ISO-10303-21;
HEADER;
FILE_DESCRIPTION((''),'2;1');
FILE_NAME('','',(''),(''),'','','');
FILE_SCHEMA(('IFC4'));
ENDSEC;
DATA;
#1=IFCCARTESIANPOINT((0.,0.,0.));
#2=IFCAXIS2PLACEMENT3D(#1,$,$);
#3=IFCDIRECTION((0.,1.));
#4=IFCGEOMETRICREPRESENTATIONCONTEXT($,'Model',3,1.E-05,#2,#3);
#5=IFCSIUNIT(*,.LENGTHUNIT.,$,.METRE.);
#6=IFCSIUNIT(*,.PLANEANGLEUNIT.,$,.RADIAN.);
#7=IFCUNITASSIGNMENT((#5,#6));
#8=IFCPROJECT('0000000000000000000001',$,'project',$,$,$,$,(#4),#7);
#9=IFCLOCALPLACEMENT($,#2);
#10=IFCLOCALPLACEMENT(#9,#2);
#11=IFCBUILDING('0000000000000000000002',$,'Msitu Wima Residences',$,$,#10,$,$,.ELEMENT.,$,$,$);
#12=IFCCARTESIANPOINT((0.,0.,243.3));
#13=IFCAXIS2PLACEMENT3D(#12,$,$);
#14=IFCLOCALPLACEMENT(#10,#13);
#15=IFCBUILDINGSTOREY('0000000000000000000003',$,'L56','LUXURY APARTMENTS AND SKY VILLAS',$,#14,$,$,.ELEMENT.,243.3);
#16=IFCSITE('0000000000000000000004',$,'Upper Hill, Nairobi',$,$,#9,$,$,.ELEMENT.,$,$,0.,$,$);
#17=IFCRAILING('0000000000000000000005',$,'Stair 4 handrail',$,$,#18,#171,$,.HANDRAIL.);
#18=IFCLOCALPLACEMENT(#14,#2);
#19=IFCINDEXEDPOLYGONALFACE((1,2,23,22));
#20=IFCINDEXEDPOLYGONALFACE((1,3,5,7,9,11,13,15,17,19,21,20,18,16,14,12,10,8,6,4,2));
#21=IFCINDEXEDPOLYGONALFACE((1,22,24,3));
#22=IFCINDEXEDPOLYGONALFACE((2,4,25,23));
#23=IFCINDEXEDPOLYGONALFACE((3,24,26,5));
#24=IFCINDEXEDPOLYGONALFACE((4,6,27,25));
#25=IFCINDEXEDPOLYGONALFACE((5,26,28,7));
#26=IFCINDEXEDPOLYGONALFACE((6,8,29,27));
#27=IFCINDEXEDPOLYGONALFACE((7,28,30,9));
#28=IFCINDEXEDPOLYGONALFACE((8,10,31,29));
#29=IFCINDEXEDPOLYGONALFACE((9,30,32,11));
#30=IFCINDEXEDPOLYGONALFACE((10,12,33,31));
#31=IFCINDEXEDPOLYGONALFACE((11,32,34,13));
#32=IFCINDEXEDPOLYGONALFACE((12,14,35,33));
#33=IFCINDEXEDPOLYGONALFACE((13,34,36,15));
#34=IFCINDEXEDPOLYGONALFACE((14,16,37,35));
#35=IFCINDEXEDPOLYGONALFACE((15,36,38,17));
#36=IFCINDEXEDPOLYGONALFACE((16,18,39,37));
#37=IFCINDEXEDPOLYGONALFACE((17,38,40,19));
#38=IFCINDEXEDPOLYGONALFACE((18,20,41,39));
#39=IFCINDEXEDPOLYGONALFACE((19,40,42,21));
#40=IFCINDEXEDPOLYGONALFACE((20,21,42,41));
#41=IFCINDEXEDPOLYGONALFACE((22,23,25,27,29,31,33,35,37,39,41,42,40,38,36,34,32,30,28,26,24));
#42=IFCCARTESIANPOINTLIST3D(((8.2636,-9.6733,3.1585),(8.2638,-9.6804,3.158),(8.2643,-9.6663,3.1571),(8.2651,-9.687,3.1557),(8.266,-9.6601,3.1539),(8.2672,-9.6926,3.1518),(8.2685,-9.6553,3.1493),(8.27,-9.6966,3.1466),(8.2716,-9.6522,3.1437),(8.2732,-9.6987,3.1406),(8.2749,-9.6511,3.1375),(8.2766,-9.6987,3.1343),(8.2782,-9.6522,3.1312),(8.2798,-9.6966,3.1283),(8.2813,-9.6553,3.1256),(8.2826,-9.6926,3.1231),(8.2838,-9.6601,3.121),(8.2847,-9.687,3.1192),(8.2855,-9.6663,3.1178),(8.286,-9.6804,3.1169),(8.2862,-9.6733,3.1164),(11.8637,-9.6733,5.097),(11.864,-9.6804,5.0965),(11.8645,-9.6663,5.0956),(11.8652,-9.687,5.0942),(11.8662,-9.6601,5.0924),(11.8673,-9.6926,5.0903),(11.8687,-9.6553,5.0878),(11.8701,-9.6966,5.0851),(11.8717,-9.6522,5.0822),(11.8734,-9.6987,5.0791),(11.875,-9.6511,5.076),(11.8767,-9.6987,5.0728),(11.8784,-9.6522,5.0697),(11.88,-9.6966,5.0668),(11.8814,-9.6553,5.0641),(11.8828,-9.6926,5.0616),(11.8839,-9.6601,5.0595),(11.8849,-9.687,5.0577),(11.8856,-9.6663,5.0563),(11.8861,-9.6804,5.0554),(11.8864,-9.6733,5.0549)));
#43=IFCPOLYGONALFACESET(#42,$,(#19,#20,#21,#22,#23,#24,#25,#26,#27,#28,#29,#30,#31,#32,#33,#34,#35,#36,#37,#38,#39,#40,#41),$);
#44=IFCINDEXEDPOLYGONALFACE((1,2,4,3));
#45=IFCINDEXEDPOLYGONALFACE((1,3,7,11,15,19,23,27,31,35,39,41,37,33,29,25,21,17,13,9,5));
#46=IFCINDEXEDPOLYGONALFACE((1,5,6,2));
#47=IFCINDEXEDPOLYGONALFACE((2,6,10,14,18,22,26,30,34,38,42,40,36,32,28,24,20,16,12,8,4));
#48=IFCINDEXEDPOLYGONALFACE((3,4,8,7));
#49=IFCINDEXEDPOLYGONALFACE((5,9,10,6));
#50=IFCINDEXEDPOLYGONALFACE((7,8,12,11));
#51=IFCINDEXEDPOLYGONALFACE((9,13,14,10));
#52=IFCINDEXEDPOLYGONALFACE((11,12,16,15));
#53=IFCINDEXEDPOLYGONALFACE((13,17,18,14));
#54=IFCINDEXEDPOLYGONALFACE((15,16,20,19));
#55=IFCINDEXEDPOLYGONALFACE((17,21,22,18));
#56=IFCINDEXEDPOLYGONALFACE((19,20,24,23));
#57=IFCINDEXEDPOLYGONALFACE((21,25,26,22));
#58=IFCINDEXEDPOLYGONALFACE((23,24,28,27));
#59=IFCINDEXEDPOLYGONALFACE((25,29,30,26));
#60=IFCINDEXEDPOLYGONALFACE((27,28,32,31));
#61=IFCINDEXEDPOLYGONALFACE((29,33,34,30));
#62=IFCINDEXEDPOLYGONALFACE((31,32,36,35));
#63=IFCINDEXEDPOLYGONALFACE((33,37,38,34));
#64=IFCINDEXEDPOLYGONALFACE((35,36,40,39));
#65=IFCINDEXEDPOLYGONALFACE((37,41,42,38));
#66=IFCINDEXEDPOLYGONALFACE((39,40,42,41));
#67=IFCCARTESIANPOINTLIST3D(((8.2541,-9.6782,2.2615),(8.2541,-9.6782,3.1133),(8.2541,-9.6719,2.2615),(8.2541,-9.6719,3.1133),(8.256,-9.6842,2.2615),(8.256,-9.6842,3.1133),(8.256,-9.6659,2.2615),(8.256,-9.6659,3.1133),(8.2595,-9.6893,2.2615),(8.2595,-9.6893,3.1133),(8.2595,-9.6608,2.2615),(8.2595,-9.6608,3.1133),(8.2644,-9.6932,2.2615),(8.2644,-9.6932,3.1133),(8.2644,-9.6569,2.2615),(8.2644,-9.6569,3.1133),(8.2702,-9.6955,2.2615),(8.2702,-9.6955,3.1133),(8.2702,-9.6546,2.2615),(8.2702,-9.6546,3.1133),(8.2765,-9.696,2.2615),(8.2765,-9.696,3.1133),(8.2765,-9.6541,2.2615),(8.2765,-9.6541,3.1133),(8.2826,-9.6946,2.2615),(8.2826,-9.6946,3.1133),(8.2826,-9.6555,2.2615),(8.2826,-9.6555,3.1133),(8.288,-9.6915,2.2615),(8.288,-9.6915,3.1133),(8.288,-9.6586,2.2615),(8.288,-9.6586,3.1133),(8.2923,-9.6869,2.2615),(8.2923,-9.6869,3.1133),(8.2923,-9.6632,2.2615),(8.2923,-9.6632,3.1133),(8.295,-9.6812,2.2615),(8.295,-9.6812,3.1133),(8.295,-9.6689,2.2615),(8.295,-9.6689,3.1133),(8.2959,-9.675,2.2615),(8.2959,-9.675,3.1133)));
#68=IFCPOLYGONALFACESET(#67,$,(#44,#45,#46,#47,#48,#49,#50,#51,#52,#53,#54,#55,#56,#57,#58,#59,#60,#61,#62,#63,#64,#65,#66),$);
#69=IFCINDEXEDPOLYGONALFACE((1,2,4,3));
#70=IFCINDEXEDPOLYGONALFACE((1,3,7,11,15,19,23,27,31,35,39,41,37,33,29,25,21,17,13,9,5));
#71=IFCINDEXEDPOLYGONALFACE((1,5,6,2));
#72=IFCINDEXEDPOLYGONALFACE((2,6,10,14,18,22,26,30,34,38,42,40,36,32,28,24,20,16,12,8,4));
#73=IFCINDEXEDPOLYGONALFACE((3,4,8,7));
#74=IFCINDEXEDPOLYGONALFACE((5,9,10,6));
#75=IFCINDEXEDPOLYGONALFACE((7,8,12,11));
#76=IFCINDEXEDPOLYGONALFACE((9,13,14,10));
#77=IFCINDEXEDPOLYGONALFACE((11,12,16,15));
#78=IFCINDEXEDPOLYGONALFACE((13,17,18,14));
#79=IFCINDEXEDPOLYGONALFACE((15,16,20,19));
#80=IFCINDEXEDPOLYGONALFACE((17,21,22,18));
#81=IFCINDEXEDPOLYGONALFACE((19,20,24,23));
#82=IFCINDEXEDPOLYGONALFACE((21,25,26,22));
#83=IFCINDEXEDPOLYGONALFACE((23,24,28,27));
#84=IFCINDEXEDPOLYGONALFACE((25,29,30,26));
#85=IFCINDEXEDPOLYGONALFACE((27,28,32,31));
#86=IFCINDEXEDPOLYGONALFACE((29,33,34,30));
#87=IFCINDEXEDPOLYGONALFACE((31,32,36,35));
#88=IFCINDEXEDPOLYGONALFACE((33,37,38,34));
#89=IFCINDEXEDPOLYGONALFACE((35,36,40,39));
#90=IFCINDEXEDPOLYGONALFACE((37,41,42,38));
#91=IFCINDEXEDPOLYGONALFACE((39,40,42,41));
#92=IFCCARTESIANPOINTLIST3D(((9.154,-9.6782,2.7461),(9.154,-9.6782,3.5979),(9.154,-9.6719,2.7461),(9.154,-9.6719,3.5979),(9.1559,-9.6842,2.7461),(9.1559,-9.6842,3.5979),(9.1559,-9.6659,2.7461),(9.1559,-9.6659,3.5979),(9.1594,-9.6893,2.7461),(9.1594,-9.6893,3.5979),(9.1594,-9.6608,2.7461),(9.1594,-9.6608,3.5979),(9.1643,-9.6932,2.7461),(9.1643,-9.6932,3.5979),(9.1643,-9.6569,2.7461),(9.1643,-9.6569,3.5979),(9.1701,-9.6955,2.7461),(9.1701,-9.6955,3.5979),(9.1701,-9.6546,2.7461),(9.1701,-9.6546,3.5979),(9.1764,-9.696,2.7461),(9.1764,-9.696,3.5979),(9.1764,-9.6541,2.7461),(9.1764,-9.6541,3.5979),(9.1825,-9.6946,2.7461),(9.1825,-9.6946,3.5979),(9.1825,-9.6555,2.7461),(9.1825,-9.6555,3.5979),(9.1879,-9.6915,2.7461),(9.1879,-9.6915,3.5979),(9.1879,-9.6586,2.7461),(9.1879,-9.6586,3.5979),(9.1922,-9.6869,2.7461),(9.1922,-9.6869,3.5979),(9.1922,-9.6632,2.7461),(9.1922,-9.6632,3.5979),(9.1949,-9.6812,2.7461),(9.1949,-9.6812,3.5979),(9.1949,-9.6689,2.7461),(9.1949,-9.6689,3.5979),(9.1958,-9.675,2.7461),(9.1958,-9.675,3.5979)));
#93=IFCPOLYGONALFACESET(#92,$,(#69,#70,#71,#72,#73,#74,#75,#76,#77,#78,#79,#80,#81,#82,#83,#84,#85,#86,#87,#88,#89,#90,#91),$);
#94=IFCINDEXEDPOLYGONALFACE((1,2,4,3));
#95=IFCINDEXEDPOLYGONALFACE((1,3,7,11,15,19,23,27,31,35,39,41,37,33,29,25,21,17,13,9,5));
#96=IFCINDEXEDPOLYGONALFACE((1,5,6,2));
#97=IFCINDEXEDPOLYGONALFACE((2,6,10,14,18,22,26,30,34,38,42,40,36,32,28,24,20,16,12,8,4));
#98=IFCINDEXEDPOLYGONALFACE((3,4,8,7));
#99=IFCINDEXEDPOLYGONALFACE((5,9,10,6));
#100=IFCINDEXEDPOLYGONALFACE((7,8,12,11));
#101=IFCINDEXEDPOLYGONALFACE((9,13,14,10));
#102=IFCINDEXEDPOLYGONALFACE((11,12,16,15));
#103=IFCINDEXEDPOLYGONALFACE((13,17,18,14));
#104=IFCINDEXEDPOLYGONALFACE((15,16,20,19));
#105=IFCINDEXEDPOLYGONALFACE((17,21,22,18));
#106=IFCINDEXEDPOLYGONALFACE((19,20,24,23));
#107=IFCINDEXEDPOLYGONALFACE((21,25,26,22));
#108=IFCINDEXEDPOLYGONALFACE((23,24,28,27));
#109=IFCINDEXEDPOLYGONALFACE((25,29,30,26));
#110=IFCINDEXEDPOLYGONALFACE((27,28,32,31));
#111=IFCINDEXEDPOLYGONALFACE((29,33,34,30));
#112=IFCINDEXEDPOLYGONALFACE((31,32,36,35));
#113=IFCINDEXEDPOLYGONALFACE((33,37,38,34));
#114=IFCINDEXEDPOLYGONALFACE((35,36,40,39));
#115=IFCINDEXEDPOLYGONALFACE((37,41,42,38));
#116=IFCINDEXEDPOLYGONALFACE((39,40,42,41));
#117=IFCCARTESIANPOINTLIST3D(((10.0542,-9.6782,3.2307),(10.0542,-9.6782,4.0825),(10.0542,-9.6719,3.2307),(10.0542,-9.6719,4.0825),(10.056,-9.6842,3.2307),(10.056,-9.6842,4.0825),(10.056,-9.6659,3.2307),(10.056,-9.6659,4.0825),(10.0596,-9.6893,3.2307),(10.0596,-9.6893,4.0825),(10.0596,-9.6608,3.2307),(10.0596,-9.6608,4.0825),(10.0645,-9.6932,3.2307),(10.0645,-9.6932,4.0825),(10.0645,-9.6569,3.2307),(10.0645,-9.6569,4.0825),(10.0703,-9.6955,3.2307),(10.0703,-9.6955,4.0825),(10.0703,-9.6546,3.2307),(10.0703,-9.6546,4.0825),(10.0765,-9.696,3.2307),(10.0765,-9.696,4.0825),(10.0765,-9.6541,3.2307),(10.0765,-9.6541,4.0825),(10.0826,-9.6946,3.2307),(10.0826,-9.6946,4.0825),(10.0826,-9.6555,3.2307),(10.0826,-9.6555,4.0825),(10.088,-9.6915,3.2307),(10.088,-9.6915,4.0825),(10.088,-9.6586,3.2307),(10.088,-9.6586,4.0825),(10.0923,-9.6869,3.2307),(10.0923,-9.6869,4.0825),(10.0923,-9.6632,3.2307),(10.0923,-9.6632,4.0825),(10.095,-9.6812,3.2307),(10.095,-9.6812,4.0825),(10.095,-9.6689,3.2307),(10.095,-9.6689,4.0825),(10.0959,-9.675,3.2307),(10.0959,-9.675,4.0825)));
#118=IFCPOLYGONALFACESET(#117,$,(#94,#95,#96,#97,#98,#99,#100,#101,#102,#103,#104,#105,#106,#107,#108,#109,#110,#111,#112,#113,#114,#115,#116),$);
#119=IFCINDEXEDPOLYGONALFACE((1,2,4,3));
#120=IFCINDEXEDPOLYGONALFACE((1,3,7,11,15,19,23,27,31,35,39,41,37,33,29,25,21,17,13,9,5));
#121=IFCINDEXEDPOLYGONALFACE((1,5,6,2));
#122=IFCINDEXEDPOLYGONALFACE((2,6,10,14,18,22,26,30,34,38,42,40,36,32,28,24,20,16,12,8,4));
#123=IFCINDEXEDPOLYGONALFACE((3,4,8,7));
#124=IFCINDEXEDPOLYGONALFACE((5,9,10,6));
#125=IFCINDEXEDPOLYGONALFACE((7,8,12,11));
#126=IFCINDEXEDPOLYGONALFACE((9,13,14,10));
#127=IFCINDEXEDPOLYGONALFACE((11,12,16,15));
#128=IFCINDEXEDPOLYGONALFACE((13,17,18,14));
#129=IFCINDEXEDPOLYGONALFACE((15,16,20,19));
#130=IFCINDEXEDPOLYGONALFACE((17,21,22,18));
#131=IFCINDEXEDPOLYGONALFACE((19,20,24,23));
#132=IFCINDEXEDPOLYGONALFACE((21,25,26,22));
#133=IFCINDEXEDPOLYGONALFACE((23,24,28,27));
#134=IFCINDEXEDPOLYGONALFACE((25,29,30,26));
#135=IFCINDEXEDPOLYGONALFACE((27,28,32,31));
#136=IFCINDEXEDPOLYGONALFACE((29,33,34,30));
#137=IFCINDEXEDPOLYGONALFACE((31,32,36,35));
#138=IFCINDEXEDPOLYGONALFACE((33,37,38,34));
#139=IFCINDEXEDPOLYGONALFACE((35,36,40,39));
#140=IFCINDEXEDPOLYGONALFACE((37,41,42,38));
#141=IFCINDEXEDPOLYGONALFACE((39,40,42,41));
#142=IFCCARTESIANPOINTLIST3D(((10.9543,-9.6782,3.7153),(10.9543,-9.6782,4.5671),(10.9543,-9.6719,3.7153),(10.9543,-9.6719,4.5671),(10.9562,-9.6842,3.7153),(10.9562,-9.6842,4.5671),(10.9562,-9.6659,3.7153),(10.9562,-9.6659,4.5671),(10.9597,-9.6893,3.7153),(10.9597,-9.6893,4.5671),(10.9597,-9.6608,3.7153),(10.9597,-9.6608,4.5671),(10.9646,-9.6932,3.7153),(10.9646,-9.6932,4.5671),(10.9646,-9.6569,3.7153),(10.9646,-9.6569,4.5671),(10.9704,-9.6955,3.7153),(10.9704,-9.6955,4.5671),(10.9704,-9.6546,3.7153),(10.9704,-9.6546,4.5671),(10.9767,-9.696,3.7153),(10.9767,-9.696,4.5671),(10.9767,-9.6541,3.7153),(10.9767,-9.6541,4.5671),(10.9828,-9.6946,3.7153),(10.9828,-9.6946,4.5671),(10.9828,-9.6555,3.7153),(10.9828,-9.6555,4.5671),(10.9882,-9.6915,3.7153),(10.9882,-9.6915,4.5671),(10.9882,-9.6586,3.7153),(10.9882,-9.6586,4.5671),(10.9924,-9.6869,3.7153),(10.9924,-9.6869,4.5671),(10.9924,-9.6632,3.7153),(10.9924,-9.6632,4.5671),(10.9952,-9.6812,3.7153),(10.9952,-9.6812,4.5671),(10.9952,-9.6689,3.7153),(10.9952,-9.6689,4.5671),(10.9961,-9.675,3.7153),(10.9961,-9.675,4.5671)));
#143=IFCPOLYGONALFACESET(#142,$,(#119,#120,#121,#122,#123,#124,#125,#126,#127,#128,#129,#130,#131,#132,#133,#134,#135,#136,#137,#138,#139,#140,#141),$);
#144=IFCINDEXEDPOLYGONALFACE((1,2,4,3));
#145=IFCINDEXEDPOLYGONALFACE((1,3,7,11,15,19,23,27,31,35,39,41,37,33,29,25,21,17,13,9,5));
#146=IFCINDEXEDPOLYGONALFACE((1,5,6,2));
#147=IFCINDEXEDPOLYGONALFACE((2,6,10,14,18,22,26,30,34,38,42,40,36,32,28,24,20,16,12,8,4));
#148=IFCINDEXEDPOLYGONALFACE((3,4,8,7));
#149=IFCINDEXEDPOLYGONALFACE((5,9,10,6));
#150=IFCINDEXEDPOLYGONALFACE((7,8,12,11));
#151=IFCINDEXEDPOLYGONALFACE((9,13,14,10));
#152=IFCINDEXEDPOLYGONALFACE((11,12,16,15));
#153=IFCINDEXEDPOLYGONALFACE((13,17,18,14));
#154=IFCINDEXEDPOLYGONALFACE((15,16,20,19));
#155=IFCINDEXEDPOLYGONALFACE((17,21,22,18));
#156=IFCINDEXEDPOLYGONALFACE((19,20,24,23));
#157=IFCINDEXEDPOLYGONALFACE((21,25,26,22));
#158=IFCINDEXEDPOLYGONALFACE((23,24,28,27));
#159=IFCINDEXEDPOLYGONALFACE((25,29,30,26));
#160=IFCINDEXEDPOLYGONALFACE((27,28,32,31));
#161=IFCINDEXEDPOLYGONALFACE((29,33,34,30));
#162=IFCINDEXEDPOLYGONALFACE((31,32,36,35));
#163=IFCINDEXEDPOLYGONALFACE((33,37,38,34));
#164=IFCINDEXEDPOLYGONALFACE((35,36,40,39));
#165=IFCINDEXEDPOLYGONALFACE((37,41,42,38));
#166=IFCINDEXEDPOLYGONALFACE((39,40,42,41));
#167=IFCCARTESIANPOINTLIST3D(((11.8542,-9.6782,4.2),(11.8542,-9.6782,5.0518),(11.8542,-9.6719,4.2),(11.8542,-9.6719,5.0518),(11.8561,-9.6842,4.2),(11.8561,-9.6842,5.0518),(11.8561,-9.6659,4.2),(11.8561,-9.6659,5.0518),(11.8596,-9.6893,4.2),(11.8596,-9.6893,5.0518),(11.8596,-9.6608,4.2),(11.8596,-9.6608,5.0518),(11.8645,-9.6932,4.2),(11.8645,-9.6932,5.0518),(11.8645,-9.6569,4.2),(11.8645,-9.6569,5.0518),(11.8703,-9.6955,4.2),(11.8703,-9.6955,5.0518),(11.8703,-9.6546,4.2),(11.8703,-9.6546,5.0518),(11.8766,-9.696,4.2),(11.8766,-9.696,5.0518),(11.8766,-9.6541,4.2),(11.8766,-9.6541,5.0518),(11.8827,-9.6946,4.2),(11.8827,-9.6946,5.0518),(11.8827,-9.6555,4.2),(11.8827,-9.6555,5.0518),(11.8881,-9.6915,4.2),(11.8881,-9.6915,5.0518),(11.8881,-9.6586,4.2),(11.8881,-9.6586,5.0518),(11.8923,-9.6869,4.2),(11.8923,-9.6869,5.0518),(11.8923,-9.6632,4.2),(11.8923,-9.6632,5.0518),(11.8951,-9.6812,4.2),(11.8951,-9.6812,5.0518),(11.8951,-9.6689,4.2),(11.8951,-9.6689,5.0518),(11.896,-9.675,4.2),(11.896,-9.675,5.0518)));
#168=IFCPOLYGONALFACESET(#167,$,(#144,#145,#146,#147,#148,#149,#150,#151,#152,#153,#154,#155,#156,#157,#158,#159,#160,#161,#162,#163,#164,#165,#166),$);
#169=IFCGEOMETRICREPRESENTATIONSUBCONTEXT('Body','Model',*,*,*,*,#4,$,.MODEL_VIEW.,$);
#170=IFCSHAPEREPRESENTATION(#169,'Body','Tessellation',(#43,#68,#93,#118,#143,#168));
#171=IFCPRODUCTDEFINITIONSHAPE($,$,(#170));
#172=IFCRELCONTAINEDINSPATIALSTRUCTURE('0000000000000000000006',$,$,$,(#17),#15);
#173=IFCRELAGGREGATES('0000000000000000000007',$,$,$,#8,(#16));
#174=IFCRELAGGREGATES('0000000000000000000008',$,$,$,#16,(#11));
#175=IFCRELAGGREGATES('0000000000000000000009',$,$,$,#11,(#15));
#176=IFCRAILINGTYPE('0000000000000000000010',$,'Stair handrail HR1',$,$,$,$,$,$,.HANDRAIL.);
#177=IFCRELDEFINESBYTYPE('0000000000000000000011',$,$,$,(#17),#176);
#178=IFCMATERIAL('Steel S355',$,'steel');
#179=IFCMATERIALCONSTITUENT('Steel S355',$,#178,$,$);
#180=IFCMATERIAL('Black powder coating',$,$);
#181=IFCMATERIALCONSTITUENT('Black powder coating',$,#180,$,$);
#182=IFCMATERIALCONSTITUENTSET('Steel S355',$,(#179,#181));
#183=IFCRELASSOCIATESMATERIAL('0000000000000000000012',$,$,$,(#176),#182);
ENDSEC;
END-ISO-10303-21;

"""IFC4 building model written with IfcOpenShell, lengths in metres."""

from ifc_helpers import new_model, si_unit, direction, frame, origin, origin_2d, place, context, subcontext, project, spatial, circle, extrude, material, constituent, constituent_set, type_object, element, save


model = new_model("IFC4")

# Units and contexts
model_context = context("Model", 3, precision=1e-05, world=origin(), true_north=direction((0.0, 1.0)))
body_context = subcontext(model_context, "Body", "Model", "MODEL_VIEW")
ifc_project = project(units=[si_unit("LENGTHUNIT", "METRE"), si_unit("PLANEANGLEUNIT", "RADIAN")], contexts=[model_context])

# Site, building, storey
site_placement = place(None, origin())
site = spatial("IfcSite", under=ifc_project, at=site_placement, Name="Upper Hill, Nairobi", CompositionType="ELEMENT", RefElevation=0.0)
building_placement = place(site_placement, origin())
building = spatial("IfcBuilding", under=site, at=building_placement, Name="Msitu Wima Residences", CompositionType="ELEMENT")
storey_placement = place(building_placement, frame((0.0, 0.0, 243.3)))
storey = spatial("IfcBuildingStorey", under=building, at=storey_placement, Name="L56", Description="LUXURY APARTMENTS AND SKY VILLAS", CompositionType="ELEMENT", Elevation=243.3)

# Railing
ifc_material_1 = material(Name="Steel S355", Category="steel")
ifc_constituent_1 = constituent(ifc_material_1, Name="Steel S355")
ifc_material_2 = material(Name="Black powder coating")
ifc_constituent_2 = constituent(ifc_material_2, Name="Black powder coating")
ifc_constituent_set = constituent_set(constituents=[ifc_constituent_1, ifc_constituent_2], Name="Steel S355")
railing_type = type_object("IfcRailingType", Name="Stair handrail HR1", PredefinedType="HANDRAIL", material=ifc_constituent_set)
for number, where, name in (
    (1, (8.2749, -9.675, 2.2615), "Stair 4 handrail"),
):
    element("IfcRailing", number, at=place(storey_placement, frame(where)), inside=storey, type_object=railing_type, Name=name, PredefinedType="HANDRAIL", context=body_context, shape_type="SweptSolid", body=[
        extrude(circle(Radius=0.0239, at=origin_2d()), frame((0.0, 0.0, 0.876), z_axis=(0.880475, 0.0, 0.474093), x_axis=(0.0, 1.0, 0.0)), (0.0, 0.0, 1.0), 4.0889),
        extrude(circle(Radius=0.021, at=origin_2d()), origin(), (0.0, 0.0, 1.0), 0.8518),
        extrude(circle(Radius=0.021, at=origin_2d()), frame((0.8999, 0.0, 0.4846)), (0.0, 0.0, 1.0), 0.8518),
        extrude(circle(Radius=0.021, at=origin_2d()), frame((1.8, 0.0, 0.9692)), (0.0, 0.0, 1.0), 0.8518),
        extrude(circle(Radius=0.021, at=origin_2d()), frame((2.7002, 0.0, 1.4539)), (0.0, 0.0, 1.0), 0.8518),
        extrude(circle(Radius=0.021, at=origin_2d()), frame((3.6001, 0.0, 1.9385)), (0.0, 0.0, 1.0), 0.8518),
    ])

save(model, "model.ifc")
